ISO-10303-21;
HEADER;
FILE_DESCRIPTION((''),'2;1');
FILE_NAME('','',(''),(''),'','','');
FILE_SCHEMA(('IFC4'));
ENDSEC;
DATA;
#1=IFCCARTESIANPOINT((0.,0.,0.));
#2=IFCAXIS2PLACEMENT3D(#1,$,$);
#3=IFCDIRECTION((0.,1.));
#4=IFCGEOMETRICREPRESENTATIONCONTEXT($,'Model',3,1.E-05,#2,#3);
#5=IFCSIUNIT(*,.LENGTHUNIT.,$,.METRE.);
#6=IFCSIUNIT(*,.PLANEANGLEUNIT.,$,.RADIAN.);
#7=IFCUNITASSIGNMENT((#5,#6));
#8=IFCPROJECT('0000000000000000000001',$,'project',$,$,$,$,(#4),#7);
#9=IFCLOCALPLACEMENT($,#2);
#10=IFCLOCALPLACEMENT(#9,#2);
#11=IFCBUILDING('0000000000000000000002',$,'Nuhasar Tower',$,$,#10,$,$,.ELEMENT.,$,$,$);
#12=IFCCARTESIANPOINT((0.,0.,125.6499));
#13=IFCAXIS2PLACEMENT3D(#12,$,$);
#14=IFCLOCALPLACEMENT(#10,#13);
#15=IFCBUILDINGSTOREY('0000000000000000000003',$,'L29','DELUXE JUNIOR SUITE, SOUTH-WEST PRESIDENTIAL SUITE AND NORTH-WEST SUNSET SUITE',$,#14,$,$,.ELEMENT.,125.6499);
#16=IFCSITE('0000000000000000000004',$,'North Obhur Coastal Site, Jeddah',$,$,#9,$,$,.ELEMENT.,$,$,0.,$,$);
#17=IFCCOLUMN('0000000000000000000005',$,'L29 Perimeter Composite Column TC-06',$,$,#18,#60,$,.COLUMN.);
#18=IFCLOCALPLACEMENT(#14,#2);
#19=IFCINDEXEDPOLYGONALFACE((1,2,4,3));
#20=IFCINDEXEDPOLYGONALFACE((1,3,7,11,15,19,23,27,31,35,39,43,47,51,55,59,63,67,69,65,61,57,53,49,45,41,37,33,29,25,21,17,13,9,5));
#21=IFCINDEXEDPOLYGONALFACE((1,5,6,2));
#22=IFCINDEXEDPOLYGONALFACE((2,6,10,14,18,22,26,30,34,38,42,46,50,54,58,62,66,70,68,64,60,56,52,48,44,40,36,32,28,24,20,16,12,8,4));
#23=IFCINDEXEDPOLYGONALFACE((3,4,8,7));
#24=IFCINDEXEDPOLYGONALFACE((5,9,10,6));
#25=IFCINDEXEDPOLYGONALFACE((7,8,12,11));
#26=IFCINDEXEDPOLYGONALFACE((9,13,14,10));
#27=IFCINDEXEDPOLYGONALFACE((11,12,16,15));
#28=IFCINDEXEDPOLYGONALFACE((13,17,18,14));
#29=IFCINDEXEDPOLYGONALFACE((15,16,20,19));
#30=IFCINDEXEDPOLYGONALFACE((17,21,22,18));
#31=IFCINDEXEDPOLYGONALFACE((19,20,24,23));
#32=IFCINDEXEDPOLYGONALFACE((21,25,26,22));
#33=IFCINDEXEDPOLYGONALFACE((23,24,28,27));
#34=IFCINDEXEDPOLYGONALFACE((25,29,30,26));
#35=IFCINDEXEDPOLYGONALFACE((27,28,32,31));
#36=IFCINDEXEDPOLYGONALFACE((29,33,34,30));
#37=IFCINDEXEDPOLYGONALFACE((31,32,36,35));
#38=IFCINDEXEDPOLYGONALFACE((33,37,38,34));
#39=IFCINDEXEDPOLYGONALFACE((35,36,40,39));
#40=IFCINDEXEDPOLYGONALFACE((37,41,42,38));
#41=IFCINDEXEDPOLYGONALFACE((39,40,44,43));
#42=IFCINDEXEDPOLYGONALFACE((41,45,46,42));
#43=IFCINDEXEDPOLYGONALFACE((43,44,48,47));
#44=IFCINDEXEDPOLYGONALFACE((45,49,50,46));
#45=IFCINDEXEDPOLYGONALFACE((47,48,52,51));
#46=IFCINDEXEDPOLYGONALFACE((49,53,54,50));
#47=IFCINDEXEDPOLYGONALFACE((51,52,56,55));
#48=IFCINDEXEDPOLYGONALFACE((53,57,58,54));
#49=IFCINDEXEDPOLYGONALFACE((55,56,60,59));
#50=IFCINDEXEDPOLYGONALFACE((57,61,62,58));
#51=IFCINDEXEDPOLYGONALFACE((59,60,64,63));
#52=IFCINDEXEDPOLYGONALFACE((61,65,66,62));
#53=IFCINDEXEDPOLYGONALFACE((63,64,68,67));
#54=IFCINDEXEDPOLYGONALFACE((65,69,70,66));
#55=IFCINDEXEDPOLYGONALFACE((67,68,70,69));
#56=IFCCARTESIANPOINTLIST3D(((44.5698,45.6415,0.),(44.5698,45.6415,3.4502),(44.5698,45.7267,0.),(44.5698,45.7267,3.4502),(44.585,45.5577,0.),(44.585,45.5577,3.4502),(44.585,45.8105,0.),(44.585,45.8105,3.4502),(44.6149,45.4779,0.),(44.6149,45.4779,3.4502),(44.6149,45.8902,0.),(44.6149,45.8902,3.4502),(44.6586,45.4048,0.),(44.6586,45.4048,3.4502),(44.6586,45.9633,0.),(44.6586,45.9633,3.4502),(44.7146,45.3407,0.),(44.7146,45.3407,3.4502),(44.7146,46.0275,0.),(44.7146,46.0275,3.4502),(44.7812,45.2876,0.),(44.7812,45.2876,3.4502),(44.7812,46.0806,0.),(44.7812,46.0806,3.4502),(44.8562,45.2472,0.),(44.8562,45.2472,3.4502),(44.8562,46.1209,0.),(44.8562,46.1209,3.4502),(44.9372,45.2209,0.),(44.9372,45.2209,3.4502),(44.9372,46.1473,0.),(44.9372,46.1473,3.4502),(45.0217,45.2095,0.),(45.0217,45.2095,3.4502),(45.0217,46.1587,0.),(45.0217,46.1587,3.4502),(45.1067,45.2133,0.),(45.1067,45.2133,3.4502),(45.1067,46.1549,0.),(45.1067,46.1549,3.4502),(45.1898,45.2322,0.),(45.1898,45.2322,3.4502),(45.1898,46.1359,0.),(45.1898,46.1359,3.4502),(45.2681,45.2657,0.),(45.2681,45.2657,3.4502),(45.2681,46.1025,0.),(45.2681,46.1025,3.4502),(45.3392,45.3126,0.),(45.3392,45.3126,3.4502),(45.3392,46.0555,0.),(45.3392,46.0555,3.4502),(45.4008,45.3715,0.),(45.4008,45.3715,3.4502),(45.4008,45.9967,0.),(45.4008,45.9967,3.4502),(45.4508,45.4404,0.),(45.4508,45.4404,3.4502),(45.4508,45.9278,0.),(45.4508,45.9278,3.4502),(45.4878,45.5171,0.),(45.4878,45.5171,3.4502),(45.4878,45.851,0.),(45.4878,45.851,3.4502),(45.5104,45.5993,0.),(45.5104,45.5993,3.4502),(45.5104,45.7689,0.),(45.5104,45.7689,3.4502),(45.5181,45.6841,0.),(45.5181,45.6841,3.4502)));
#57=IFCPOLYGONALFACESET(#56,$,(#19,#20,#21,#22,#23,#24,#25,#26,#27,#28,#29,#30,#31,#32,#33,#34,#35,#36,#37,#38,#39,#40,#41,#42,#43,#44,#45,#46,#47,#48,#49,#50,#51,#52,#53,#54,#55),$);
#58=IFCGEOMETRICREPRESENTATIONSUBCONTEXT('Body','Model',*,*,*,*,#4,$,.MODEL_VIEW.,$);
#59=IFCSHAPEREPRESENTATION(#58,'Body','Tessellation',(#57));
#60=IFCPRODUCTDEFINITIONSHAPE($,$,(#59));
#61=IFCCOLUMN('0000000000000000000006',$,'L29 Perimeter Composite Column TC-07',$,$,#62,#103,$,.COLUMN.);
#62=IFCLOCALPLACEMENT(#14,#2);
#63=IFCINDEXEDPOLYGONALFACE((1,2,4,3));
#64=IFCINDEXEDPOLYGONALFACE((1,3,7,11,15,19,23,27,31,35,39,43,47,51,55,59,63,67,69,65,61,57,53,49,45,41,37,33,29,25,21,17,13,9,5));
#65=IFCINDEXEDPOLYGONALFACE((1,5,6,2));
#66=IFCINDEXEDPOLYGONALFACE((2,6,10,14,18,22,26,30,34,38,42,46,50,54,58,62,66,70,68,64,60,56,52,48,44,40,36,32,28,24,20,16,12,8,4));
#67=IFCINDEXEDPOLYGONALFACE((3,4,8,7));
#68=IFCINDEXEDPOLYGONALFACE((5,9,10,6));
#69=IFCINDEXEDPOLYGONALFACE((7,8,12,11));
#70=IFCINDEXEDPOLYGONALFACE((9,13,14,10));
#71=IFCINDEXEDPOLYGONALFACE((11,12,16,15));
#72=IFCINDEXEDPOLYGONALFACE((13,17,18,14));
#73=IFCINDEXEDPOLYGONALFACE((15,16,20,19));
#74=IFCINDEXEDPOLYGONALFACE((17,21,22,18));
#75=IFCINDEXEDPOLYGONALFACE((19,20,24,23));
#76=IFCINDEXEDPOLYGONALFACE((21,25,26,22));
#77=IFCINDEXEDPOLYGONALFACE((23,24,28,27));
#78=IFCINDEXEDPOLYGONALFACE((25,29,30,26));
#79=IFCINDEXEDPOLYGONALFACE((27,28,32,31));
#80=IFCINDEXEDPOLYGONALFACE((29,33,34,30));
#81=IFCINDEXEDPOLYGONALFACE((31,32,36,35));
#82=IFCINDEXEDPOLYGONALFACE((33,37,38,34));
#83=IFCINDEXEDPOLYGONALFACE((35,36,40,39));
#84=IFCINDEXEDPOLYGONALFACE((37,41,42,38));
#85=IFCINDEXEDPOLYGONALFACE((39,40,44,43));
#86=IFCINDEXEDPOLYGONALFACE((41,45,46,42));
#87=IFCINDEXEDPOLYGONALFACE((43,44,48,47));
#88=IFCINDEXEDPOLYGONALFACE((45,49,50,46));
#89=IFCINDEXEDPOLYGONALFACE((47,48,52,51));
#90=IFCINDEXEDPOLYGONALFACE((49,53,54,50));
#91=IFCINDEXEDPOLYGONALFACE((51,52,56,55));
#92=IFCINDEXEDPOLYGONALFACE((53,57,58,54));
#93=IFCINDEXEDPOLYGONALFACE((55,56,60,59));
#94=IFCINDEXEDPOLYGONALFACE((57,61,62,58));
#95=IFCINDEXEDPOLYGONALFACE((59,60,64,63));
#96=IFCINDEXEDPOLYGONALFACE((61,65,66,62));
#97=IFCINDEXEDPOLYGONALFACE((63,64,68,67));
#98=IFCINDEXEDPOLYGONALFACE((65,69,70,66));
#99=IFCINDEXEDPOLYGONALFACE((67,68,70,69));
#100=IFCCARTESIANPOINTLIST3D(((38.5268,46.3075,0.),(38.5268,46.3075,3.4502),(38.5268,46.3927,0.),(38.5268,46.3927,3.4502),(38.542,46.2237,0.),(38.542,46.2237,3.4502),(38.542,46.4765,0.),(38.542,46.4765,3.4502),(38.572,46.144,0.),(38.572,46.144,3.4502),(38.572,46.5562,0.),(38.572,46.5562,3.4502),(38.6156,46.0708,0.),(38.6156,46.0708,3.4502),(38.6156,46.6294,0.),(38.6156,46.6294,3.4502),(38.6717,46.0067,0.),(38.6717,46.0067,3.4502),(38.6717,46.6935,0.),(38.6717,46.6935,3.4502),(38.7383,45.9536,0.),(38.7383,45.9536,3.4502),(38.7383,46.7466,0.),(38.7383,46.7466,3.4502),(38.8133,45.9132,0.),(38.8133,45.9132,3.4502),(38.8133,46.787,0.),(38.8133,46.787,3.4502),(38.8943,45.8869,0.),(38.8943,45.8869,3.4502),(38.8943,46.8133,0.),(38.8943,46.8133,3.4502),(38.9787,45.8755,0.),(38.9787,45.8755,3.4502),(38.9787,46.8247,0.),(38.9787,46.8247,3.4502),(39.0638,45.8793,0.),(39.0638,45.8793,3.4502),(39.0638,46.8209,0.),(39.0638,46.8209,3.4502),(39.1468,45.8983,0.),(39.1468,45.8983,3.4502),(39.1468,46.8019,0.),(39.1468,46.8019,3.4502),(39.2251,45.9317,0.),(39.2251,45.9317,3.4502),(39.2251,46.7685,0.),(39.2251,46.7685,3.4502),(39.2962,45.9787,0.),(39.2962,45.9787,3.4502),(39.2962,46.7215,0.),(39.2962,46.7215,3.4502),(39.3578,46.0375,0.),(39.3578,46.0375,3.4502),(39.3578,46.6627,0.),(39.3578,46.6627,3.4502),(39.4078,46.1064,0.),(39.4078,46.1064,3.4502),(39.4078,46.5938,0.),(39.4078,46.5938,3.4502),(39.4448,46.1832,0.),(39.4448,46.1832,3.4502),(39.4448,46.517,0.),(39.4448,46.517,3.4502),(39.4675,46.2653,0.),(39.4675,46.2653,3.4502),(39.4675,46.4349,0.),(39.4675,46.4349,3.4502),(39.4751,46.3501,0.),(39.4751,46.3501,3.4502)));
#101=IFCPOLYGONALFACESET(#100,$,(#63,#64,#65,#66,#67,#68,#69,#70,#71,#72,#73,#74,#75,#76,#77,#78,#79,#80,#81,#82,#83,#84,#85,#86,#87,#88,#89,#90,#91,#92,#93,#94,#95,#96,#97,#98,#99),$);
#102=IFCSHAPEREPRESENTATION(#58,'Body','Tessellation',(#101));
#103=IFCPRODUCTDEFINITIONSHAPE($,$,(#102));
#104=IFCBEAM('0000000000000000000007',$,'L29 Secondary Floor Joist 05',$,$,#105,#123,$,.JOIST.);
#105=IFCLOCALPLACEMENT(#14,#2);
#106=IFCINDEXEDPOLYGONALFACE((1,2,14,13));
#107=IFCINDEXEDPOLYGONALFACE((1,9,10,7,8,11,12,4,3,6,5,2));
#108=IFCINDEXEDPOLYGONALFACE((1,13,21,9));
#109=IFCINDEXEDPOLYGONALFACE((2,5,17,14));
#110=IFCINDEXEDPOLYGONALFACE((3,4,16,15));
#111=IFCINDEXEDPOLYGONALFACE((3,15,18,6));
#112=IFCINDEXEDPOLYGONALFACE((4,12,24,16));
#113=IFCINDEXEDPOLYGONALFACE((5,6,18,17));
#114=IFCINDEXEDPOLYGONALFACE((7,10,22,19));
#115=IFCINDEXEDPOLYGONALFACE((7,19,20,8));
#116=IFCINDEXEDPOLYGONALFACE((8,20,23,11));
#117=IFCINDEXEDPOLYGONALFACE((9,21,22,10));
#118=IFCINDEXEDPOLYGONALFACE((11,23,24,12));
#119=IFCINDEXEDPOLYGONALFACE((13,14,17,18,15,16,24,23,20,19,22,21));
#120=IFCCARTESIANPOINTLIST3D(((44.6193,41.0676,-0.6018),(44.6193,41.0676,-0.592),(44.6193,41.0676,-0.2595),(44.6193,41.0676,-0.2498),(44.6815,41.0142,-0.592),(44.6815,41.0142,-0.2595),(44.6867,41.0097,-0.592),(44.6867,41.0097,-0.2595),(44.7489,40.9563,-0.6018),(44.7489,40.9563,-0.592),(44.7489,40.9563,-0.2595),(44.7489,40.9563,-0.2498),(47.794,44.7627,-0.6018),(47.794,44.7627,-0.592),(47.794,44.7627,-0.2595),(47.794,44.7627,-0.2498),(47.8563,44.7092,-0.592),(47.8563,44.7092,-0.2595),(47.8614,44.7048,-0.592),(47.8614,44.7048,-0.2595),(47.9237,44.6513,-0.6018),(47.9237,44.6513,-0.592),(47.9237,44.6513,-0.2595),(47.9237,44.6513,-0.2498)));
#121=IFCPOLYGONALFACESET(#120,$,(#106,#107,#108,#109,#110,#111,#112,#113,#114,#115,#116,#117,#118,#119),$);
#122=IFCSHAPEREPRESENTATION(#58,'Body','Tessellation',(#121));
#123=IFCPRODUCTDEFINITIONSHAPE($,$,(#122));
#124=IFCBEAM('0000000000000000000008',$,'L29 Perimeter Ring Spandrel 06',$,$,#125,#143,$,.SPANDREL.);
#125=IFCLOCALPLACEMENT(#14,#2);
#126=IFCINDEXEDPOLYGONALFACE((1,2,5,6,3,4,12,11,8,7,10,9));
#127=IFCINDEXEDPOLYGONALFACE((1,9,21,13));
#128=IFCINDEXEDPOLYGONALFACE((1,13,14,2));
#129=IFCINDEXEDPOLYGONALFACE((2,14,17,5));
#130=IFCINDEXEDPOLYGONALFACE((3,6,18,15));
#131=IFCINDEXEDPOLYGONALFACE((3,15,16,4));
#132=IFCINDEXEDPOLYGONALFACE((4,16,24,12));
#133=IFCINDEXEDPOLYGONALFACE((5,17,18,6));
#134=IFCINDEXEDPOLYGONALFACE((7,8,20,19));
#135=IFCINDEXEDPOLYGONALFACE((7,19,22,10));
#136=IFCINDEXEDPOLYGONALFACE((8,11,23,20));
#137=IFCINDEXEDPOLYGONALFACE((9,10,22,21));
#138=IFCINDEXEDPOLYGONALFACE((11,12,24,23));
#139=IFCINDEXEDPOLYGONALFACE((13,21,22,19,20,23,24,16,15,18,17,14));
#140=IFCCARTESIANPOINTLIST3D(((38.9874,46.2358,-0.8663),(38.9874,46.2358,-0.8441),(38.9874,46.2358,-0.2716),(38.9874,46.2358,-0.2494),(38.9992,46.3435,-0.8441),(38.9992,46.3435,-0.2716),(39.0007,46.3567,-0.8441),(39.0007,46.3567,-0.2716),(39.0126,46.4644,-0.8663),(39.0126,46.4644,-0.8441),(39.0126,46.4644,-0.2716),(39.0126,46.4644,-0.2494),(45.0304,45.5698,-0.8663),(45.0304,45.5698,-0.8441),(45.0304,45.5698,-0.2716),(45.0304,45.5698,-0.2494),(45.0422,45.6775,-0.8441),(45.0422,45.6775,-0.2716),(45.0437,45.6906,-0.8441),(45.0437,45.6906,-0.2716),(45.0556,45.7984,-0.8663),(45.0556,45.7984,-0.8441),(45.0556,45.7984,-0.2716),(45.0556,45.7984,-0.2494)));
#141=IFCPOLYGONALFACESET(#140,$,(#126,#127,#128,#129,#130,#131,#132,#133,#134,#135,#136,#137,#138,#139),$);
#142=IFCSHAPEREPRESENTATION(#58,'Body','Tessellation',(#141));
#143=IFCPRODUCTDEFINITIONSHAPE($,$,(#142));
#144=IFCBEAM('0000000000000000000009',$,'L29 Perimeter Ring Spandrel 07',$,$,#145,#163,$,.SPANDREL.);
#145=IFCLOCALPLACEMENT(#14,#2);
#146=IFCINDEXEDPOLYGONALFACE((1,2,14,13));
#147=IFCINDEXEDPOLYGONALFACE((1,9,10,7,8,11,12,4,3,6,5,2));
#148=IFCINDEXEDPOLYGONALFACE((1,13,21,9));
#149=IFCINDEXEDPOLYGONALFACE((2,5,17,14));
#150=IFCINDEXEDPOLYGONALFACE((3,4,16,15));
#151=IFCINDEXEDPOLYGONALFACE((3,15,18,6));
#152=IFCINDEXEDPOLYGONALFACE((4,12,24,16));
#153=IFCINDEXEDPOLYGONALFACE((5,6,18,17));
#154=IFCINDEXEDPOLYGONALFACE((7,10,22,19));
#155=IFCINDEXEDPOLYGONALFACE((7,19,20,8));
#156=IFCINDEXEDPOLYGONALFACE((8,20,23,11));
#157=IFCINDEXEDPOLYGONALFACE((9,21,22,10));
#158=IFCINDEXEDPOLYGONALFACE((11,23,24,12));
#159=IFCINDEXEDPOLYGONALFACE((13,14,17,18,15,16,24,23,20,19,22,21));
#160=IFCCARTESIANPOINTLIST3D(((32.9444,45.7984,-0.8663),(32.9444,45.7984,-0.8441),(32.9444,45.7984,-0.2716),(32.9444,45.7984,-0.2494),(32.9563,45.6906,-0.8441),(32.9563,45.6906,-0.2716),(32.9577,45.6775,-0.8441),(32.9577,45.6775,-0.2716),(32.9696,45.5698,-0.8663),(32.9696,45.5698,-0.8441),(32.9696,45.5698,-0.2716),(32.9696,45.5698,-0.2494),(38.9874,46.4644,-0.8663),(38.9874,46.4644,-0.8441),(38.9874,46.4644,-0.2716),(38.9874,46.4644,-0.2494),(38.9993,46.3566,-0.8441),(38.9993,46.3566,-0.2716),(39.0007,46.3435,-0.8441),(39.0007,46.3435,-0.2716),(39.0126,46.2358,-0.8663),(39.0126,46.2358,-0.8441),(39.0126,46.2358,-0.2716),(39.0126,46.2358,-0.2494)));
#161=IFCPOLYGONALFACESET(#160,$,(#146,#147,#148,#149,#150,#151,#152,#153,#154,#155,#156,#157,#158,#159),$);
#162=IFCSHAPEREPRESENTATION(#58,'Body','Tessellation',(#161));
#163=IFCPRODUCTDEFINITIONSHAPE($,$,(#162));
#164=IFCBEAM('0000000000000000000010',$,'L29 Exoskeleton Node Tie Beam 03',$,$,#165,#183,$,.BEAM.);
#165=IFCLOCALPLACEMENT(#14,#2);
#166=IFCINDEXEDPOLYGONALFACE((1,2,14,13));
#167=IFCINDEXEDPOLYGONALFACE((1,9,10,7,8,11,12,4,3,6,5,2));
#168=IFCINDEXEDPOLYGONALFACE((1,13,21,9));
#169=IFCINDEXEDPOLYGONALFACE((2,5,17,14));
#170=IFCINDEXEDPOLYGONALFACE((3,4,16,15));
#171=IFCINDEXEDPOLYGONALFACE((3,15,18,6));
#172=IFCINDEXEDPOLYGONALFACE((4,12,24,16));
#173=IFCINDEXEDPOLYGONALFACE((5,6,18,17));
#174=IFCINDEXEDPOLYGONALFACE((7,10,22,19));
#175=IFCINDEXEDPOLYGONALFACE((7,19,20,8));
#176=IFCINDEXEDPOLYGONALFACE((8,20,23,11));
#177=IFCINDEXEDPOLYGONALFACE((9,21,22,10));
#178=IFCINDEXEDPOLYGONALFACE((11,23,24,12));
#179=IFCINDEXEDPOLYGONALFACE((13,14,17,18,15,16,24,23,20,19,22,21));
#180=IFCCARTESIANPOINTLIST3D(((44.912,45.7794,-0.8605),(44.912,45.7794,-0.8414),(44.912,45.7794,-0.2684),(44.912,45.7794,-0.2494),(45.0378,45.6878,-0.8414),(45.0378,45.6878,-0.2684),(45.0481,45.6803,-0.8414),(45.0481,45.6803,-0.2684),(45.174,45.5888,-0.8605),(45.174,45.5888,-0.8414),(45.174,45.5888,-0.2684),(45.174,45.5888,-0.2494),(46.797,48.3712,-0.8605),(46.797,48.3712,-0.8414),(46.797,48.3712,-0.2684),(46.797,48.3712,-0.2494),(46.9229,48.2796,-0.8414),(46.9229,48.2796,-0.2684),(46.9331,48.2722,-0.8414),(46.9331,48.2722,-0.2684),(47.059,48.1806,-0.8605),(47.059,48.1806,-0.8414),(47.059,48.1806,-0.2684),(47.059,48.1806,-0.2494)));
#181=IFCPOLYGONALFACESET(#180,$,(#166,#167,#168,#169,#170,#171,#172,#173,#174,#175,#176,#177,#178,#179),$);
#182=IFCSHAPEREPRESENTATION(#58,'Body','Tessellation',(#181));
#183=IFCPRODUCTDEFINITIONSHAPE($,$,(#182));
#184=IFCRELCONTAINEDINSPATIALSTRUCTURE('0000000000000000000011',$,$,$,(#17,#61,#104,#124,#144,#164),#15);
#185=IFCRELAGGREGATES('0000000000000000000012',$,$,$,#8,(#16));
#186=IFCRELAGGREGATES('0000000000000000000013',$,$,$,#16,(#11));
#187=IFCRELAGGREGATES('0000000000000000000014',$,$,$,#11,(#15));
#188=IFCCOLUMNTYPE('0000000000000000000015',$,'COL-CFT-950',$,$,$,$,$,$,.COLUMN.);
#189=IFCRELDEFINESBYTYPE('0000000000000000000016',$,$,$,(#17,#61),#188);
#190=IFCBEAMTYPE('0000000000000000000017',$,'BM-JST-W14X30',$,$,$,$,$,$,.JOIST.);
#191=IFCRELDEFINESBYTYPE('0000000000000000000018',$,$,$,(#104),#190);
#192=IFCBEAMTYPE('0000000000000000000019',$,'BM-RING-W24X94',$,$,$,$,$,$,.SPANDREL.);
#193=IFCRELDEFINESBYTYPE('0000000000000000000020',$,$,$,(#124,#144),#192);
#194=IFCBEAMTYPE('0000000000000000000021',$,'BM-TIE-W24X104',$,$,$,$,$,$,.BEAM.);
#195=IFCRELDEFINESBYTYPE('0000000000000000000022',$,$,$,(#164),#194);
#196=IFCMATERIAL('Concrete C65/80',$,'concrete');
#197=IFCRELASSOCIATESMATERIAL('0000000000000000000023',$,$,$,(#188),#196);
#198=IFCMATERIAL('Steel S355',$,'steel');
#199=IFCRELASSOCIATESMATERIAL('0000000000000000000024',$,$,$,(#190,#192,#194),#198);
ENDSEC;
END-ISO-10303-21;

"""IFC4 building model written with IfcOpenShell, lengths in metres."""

from ifc_helpers import new_model, si_unit, direction, frame, origin, origin_2d, place, context, subcontext, project, spatial, circle, i_section, extrude, material, material_profile, profile_set, type_object, element, save


model = new_model("IFC4")

# Units and contexts
model_context = context("Model", 3, precision=1e-05, world=origin(), true_north=direction((0.0, 1.0)))
body_context = subcontext(model_context, "Body", "Model", "MODEL_VIEW")
ifc_project = project(units=[si_unit("LENGTHUNIT", "METRE"), si_unit("PLANEANGLEUNIT", "RADIAN")], contexts=[model_context])

# Site, building, storey
site_placement = place(None, origin())
site = spatial("IfcSite", under=ifc_project, at=site_placement, Name="North Obhur Coastal Site, Jeddah", CompositionType="ELEMENT", RefElevation=0.0)
building_placement = place(site_placement, origin())
building = spatial("IfcBuilding", under=site, at=building_placement, Name="Nuhasar Tower", CompositionType="ELEMENT")
storey_placement = place(building_placement, frame((0.0, 0.0, 125.6499)))
storey = spatial("IfcBuildingStorey", under=building, at=storey_placement, Name="L29", Description="DELUXE JUNIOR SUITE, SOUTH-WEST PRESIDENTIAL SUITE AND NORTH-WEST SUNSET SUITE", CompositionType="ELEMENT", Elevation=125.6499)

# Columns
ifc_material_1 = material(Name="Concrete C65/80", Category="concrete")
ifc_material_profile_1 = material_profile(ifc_material_1, circle(Radius=0.4751, at=origin_2d()), Name="CFT950")
ifc_profile_set_1 = profile_set([ifc_material_profile_1], Name="Concrete C65/80")
column_type = type_object("IfcColumnType", Name="COL-CFT-950", PredefinedType="COLUMN", material=ifc_profile_set_1)
for number, where, z_axis, x_axis, name in (
    (1, (45.043, 45.6841, 0.0), (0.0, 0.0, 1.0), (1.0, 0.0, 0.0), "L29 Perimeter Composite Column TC-06"),
    (2, (39.0, 46.3501, 0.0), (0.0, 0.0, 1.0), (1.0, 0.0, 0.0), "L29 Perimeter Composite Column TC-07"),
):
    element("IfcColumn", number, at=place(storey_placement, frame(where, z_axis=z_axis, x_axis=x_axis)), inside=storey, type_object=column_type, Name=name, PredefinedType="COLUMN", context=body_context, shape_type="SweptSolid", body=[
        extrude(circle(Radius=0.4751, at=origin_2d()), origin(), (0.0, 0.0, 1.0), 3.4502),
    ])

# Beams
ifc_material_2 = material(Name="Steel S355", Category="steel")
ifc_material_profile_2 = material_profile(ifc_material_2, i_section(OverallWidth=0.1709, OverallDepth=0.3521, WebThickness=0.0068, FlangeThickness=0.0098, at=origin_2d()), Name="W14X30")
ifc_profile_set_2 = profile_set([ifc_material_profile_2], Name="Steel S355")
beam_type_1 = type_object("IfcBeamType", Name="BM-JST-W14X30", PredefinedType="JOIST", material=ifc_profile_set_2)
beam_1_placement = place(storey_placement, frame((44.6841, 41.012, -0.4258), z_axis=(0.651691, 0.758485, 0.0), x_axis=(-0.758485, 0.651691, 0.0)))
element("IfcBeam", 3, at=beam_1_placement, inside=storey, type_object=beam_type_1, Name="L29 Secondary Floor Joist 05", PredefinedType="JOIST", context=body_context, shape_type="SweptSolid", body=[
    extrude(i_section(OverallWidth=0.1709, OverallDepth=0.3521, WebThickness=0.0068, FlangeThickness=0.0098, at=origin_2d()), origin(), (0.0, 0.0, 1.0), 4.8716),
])
ifc_material_profile_3 = material_profile(ifc_material_2, i_section(OverallWidth=0.23, OverallDepth=0.6169, WebThickness=0.0132, FlangeThickness=0.0222, at=origin_2d()), Name="W24X94")
ifc_profile_set_3 = profile_set([ifc_material_profile_3], Name="Steel S355")
beam_type_2 = type_object("IfcBeamType", Name="BM-RING-W24X94", PredefinedType="SPANDREL", material=ifc_profile_set_3)
for number, where, z_axis, x_axis, name in (
    (4, (45.043, 45.6841, -0.5579), (-0.993981, 0.10955, 0.0), (-0.10955, -0.993981, 0.0), "L29 Perimeter Ring Spandrel 06"),
    (5, (39.0, 46.3501, -0.5579), (-0.993981, -0.10955, 0.0), (0.10955, -0.993981, 0.0), "L29 Perimeter Ring Spandrel 07"),
):
    element("IfcBeam", number, at=place(storey_placement, frame(where, z_axis=z_axis, x_axis=x_axis)), inside=storey, type_object=beam_type_2, Name=name, PredefinedType="SPANDREL", context=body_context, shape_type="SweptSolid", body=[
        extrude(i_section(OverallWidth=0.23, OverallDepth=0.6169, WebThickness=0.0132, FlangeThickness=0.0222, at=origin_2d()), origin(), (0.0, 0.0, 1.0), 6.0796),
    ])
ifc_material_profile_4 = material_profile(ifc_material_2, i_section(OverallWidth=0.324, OverallDepth=0.6111, WebThickness=0.0127, FlangeThickness=0.019, at=origin_2d()), Name="W24X104")
ifc_profile_set_4 = profile_set([ifc_material_profile_4], Name="Steel S355")
beam_type_3 = type_object("IfcBeamType", Name="BM-TIE-W24X104", PredefinedType="BEAM", material=ifc_profile_set_4)
beam_2_placement = place(storey_placement, frame((45.043, 45.6841, -0.5549), z_axis=(0.588185, 0.808726, 0.0), x_axis=(-0.808726, 0.588185, 0.0)))
element("IfcBeam", 6, at=beam_2_placement, inside=storey, type_object=beam_type_3, Name="L29 Exoskeleton Node Tie Beam 03", PredefinedType="BEAM", context=body_context, shape_type="SweptSolid", body=[
    extrude(i_section(OverallWidth=0.324, OverallDepth=0.6111, WebThickness=0.0127, FlangeThickness=0.019, at=origin_2d()), origin(), (0.0, 0.0, 1.0), 3.2048),
])

save(model, "model.ifc")
